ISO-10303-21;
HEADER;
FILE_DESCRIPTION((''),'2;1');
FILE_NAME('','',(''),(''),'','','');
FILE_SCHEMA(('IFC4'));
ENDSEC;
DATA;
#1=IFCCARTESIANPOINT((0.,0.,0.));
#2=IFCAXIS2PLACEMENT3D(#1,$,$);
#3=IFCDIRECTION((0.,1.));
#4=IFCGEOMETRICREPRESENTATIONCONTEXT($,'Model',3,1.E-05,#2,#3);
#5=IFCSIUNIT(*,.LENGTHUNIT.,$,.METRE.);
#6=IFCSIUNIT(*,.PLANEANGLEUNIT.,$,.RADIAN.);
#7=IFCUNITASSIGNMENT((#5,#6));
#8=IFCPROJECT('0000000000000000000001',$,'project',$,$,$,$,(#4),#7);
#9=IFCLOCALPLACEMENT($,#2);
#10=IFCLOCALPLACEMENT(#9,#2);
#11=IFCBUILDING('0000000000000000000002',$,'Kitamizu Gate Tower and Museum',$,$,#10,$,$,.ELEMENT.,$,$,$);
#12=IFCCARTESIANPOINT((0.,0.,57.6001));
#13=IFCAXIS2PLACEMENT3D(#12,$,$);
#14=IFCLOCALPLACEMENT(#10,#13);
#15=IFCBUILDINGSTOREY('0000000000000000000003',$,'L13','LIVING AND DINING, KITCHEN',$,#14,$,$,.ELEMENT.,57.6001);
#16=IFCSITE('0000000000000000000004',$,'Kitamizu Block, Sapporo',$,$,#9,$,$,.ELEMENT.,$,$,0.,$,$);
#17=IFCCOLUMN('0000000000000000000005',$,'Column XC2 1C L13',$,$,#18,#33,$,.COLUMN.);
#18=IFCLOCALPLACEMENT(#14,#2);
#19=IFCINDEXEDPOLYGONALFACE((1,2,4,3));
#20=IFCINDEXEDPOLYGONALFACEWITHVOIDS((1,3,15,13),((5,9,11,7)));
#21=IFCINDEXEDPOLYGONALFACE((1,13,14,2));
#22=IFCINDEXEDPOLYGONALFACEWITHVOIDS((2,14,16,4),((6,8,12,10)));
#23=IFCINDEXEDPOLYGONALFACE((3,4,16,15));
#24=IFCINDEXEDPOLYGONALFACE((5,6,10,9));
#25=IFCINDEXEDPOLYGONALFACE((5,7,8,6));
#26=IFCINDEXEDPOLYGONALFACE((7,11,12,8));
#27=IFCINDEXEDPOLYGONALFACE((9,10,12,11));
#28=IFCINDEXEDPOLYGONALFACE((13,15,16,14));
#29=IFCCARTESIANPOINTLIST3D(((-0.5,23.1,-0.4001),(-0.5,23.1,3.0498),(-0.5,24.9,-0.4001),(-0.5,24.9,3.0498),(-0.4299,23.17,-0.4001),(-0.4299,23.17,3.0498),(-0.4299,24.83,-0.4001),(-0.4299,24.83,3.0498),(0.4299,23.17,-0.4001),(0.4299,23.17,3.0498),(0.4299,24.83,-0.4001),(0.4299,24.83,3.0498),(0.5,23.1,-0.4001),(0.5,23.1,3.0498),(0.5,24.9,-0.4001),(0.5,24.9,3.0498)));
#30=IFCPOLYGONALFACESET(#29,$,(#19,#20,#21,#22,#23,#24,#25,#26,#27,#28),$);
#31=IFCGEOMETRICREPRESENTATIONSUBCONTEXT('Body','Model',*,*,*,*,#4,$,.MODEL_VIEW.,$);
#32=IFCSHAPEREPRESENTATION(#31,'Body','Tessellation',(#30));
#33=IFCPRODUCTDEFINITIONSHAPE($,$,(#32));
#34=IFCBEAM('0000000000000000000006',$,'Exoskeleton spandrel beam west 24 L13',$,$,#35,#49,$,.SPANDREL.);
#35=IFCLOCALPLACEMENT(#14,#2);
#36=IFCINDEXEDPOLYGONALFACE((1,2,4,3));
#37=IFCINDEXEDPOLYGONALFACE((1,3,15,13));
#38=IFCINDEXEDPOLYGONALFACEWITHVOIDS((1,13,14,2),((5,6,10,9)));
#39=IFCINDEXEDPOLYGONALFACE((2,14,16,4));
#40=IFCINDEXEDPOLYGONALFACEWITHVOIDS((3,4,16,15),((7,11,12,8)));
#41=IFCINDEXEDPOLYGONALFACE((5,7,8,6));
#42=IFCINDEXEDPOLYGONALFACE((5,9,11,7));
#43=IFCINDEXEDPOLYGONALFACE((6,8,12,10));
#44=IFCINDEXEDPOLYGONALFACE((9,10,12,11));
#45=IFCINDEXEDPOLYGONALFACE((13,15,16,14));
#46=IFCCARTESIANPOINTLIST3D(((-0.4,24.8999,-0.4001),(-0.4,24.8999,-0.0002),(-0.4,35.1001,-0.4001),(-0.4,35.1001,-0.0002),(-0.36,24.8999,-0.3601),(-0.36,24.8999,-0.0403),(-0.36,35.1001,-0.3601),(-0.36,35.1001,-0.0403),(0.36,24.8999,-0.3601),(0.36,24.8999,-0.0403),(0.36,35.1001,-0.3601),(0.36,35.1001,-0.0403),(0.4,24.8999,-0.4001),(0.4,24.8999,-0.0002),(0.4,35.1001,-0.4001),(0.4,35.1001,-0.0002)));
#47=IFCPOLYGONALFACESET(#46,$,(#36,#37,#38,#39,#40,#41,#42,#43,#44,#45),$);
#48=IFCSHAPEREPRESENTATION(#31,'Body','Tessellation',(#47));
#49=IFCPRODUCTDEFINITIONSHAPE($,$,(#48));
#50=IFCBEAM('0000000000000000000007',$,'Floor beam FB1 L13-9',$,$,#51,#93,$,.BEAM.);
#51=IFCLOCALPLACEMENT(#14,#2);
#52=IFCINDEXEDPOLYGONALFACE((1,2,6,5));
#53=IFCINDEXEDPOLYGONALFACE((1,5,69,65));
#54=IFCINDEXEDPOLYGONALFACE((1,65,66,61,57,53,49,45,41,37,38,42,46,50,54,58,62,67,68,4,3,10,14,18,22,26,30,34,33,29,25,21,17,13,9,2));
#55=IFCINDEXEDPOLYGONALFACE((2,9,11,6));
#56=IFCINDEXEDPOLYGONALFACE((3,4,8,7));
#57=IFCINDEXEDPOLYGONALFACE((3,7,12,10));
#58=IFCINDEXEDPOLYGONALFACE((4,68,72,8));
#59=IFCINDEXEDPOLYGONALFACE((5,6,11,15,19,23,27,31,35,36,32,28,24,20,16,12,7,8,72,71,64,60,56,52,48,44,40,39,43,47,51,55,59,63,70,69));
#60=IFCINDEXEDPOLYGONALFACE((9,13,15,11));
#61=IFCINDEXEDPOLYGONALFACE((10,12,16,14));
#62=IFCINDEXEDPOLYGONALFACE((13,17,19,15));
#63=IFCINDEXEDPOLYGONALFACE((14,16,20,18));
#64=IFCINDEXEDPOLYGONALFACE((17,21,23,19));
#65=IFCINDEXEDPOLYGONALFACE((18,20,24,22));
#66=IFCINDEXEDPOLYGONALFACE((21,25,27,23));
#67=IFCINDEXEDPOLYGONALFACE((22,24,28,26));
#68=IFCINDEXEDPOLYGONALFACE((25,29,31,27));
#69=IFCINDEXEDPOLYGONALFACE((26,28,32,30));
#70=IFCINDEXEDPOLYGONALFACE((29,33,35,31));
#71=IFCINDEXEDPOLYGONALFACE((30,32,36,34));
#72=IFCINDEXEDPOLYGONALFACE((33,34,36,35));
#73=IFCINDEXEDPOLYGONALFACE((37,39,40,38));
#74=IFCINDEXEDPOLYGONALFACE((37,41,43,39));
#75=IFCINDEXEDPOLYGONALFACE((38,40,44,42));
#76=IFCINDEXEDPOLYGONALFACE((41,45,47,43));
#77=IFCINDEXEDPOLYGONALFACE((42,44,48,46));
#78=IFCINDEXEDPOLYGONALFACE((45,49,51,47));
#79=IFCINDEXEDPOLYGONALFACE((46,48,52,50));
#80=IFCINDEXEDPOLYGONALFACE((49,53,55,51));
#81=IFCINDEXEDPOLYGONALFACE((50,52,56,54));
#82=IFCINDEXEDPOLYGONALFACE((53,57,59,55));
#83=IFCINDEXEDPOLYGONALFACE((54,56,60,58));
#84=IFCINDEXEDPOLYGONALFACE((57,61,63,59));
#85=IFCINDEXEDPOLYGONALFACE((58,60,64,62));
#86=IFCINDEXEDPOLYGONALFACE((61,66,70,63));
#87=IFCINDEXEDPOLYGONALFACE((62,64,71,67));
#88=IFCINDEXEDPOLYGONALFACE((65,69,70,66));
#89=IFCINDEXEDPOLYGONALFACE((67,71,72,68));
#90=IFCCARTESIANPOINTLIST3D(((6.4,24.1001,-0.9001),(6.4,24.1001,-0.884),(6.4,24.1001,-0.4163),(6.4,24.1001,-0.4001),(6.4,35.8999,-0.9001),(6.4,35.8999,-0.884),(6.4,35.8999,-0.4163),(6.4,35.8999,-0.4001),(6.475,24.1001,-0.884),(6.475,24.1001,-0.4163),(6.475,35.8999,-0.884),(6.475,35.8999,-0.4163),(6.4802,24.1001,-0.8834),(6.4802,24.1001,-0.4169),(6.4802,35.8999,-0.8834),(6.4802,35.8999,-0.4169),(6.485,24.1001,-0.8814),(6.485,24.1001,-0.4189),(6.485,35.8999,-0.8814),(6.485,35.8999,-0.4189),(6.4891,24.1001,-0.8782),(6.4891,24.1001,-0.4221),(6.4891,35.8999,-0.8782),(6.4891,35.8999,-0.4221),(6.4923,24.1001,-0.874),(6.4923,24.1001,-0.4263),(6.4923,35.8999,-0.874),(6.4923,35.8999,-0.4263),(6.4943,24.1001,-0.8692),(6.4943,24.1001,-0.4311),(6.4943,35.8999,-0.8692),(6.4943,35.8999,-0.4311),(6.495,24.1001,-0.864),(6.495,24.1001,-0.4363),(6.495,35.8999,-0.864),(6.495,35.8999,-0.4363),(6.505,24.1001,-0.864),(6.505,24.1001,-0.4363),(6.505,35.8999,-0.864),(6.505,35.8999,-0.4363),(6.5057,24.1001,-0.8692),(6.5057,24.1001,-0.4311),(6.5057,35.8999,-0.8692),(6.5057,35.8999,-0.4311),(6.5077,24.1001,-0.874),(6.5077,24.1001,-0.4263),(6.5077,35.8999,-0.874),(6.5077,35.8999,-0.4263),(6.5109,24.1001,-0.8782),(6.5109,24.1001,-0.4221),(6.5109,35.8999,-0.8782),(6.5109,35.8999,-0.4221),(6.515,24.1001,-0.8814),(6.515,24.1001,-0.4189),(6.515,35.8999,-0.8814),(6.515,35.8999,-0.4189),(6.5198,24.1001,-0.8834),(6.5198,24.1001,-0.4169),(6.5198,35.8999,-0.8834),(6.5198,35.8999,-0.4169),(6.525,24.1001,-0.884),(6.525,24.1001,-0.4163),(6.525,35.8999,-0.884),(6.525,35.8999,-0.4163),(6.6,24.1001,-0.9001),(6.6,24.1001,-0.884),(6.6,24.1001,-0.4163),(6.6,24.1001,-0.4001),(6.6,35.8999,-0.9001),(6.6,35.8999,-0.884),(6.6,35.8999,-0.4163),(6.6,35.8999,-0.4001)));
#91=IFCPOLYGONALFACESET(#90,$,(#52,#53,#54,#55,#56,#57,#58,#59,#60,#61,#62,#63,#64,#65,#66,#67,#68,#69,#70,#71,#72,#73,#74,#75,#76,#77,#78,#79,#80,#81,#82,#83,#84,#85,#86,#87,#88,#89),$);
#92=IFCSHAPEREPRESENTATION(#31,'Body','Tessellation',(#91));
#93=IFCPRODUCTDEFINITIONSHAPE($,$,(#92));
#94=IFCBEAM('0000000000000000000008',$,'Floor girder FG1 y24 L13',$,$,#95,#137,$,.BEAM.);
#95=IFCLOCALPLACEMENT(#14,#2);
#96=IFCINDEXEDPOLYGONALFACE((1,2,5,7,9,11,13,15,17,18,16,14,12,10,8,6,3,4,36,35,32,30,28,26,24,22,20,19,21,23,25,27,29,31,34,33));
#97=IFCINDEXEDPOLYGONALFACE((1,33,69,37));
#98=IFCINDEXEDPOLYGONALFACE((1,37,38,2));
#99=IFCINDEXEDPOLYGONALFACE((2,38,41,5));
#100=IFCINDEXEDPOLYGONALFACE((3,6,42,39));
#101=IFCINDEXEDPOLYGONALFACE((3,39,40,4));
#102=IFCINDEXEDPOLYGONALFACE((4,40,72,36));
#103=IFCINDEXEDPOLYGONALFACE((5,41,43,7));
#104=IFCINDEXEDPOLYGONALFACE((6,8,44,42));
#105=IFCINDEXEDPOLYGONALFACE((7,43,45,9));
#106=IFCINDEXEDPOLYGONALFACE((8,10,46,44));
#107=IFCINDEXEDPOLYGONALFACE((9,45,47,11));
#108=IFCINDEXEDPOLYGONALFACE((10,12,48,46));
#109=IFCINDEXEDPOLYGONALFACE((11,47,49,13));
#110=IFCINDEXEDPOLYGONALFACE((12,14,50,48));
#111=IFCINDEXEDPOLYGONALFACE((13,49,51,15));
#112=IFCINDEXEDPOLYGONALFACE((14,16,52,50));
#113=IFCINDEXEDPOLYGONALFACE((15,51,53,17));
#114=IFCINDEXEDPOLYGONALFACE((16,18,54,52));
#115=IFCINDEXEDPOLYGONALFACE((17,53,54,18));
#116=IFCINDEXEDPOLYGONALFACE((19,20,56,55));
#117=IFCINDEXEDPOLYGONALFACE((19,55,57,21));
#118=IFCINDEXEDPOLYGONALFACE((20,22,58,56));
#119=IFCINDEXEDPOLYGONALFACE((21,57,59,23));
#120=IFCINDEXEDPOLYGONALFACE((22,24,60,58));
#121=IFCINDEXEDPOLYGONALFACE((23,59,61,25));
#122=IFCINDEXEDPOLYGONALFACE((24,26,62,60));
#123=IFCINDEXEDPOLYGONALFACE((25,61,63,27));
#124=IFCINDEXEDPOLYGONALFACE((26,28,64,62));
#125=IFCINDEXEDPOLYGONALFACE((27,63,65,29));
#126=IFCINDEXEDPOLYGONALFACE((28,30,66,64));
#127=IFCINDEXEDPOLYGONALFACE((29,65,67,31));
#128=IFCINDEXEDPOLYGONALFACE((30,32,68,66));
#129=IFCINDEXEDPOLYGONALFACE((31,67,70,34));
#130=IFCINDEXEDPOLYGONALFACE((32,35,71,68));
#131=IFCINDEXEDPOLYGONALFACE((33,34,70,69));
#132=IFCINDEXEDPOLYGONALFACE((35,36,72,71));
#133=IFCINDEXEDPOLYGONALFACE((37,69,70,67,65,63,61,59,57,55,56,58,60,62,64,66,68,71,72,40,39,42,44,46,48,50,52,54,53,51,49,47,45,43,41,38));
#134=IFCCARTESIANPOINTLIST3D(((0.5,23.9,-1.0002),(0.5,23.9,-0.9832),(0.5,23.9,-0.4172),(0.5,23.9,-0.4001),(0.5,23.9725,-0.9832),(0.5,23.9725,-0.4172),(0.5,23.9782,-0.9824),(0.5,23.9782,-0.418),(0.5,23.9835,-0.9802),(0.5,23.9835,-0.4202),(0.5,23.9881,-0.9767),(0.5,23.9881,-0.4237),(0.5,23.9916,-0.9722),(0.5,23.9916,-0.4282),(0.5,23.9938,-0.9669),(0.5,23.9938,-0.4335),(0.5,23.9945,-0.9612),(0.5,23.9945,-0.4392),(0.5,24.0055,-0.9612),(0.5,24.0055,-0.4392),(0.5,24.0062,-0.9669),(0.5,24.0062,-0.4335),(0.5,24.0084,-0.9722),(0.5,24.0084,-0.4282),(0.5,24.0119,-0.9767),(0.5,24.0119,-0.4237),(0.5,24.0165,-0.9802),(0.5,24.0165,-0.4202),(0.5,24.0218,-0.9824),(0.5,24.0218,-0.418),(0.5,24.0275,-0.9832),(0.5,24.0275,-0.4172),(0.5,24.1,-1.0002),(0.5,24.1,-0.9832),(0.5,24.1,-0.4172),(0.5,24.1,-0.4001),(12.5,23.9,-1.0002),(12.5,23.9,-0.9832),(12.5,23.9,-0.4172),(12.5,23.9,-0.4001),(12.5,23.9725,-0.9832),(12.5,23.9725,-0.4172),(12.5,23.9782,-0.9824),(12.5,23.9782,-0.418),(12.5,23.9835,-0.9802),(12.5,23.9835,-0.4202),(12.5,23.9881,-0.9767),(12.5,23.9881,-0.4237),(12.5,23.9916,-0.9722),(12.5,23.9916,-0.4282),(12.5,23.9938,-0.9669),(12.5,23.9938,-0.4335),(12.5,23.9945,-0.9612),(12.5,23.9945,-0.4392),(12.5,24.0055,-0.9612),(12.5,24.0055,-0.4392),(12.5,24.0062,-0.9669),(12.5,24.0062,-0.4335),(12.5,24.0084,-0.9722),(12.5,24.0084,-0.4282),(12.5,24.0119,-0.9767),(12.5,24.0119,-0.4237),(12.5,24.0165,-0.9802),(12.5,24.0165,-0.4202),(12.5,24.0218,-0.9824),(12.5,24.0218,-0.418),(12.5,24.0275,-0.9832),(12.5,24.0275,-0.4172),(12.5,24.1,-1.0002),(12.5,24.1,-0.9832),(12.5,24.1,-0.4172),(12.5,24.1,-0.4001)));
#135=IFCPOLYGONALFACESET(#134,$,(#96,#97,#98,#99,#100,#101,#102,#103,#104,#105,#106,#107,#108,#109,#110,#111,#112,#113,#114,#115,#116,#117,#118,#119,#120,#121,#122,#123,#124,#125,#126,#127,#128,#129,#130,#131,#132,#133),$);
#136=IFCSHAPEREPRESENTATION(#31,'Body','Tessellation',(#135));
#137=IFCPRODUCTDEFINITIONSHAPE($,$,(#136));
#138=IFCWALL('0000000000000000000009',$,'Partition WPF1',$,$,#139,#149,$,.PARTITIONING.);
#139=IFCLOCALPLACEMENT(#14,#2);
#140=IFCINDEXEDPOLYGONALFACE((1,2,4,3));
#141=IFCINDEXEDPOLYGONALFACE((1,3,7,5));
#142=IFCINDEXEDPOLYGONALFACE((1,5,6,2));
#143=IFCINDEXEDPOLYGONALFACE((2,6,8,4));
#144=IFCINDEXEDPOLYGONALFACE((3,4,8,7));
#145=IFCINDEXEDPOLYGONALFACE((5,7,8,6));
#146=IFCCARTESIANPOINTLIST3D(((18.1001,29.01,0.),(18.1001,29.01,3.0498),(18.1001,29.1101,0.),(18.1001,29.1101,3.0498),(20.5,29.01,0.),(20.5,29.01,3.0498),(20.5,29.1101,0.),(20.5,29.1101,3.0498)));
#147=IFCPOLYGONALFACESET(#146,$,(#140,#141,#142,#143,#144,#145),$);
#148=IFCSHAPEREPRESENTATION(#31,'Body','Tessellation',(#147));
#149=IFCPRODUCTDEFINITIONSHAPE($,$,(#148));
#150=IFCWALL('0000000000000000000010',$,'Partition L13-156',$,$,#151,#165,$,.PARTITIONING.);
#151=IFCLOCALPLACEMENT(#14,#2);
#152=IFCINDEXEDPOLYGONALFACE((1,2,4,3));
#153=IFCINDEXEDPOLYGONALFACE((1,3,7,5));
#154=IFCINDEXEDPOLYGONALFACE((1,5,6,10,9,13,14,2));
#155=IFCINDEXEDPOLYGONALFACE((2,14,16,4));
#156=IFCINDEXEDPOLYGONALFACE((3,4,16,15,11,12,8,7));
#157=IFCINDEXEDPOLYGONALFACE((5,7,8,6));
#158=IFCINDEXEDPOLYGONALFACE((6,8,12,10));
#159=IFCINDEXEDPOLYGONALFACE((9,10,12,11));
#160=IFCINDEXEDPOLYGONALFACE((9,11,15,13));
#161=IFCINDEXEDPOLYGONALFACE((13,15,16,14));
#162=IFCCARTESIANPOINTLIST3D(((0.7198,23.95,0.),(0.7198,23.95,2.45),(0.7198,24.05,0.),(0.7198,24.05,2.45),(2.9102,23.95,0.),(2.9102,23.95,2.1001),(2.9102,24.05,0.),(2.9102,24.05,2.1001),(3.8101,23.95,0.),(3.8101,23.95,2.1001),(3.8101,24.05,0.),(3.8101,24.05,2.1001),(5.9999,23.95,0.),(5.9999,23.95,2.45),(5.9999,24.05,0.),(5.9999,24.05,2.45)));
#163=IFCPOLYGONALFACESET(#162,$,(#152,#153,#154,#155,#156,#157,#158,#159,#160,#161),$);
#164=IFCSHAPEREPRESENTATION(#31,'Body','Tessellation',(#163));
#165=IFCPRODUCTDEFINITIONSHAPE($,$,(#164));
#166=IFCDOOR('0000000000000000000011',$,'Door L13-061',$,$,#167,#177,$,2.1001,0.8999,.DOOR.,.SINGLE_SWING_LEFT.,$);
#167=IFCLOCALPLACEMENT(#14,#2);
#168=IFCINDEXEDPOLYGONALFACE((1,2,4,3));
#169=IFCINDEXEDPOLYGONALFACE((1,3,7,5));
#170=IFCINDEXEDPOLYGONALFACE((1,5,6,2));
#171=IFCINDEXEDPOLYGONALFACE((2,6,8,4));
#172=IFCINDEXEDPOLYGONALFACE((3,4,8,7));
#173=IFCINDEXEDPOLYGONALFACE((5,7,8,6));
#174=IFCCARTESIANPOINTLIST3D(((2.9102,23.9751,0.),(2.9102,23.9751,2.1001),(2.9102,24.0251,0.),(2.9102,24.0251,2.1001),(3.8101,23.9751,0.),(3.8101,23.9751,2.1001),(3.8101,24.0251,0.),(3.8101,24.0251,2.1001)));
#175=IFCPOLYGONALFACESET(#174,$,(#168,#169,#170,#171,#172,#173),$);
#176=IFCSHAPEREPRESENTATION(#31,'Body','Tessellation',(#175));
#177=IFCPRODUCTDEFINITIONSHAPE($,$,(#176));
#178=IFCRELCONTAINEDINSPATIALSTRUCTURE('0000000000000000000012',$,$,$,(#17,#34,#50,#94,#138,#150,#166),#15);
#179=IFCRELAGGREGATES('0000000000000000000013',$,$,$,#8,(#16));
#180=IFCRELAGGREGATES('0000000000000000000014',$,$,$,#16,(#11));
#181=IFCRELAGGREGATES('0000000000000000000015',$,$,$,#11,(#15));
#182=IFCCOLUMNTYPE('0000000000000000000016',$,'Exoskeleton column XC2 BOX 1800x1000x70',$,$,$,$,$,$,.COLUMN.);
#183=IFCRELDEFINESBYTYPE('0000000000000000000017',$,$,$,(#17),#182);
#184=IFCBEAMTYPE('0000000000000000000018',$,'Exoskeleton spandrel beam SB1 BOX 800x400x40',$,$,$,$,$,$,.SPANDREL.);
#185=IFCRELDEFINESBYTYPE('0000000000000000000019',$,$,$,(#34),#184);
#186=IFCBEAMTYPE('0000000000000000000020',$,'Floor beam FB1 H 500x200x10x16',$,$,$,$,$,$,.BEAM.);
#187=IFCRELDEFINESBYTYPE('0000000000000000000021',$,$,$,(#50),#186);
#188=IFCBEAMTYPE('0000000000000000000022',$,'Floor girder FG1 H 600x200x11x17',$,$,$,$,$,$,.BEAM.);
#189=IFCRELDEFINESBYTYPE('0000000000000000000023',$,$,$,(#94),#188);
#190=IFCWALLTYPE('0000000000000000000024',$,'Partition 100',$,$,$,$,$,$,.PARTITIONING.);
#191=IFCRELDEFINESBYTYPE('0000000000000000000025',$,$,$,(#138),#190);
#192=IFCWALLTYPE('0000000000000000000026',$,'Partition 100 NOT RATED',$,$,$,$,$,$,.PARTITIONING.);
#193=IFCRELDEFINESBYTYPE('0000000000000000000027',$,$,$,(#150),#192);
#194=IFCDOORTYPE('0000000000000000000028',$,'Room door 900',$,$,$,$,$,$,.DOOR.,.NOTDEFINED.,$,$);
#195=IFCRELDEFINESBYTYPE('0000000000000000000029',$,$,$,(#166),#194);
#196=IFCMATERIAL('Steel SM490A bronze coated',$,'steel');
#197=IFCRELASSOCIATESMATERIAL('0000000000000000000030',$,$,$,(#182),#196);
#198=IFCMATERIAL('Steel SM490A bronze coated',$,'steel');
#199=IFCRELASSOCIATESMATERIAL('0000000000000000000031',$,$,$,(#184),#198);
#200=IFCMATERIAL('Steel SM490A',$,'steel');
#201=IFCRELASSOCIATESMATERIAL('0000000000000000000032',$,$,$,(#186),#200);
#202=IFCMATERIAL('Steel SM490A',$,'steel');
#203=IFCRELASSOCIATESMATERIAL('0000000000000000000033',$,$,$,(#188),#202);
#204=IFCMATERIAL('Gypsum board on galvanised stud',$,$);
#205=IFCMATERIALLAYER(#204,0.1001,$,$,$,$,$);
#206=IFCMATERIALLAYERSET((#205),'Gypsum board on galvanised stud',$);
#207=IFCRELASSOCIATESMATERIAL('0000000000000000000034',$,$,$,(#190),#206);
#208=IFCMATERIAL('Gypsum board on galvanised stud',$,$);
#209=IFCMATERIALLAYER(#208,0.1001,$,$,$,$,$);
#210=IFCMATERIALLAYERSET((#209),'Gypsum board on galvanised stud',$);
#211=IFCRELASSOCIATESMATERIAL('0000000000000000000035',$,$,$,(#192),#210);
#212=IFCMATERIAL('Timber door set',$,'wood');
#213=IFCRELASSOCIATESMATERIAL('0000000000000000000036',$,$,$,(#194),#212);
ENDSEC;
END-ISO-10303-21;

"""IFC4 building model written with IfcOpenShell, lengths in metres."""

from ifc_helpers import new_model, si_unit, direction, frame, frame_2d, origin, origin_2d, place, context, subcontext, project, spatial, rectangle, hollow_rectangle, i_section, extrude, material, layer, layer_set, material_profile, profile_set, type_object, element, fill, save


model = new_model("IFC4")

# Units and contexts
model_context = context("Model", 3, precision=1e-05, world=origin(), true_north=direction((0.0, 1.0)))
body_context = subcontext(model_context, "Body", "Model", "MODEL_VIEW")
ifc_project = project(units=[si_unit("LENGTHUNIT", "METRE"), si_unit("PLANEANGLEUNIT", "RADIAN")], contexts=[model_context])

# Site, building, storey
site_placement = place(None, origin())
site = spatial("IfcSite", under=ifc_project, at=site_placement, Name="Kitamizu Block, Sapporo", CompositionType="ELEMENT", RefElevation=0.0)
building_placement = place(site_placement, origin())
building = spatial("IfcBuilding", under=site, at=building_placement, Name="Kitamizu Gate Tower and Museum", CompositionType="ELEMENT")
storey_placement = place(building_placement, frame((0.0, 0.0, 57.6001)))
storey = spatial("IfcBuildingStorey", under=building, at=storey_placement, Name="L13", Description="LIVING AND DINING, KITCHEN", CompositionType="ELEMENT", Elevation=57.6001)

# Column
ifc_material_1 = material(Name="Steel SM490A bronze coated", Category="steel")
ifc_material_profile_1 = material_profile(ifc_material_1, hollow_rectangle(XDim=1.8, YDim=1.0, WallThickness=0.0701, at=origin_2d()), Name="BOX 1800x1000x70")
ifc_profile_set_1 = profile_set([ifc_material_profile_1], Name="Steel SM490A bronze coated")
column_type = type_object("IfcColumnType", Name="Exoskeleton column XC2 BOX 1800x1000x70", PredefinedType="COLUMN", material=ifc_profile_set_1)
column_placement = place(storey_placement, frame((0.0, 24.0, -0.4001), z_axis=(0.0, 0.0, 1.0), x_axis=(0.0, 1.0, 0.0)))
element("IfcColumn", 1, at=column_placement, inside=storey, type_object=column_type, Name="Column XC2 1C L13", PredefinedType="COLUMN", context=body_context, shape_type="SweptSolid", body=[
    extrude(hollow_rectangle(XDim=1.8, YDim=1.0, WallThickness=0.0701, at=origin_2d()), origin(), (0.0, 0.0, 1.0), 3.45),
])

# Beams
ifc_material_2 = material(Name="Steel SM490A bronze coated", Category="steel")
ifc_material_profile_2 = material_profile(ifc_material_2, hollow_rectangle(XDim=0.8, YDim=0.3999, WallThickness=0.04, at=origin_2d()), Name="BOX 800x400x40")
ifc_profile_set_2 = profile_set([ifc_material_profile_2], Name="Steel SM490A bronze coated")
beam_type_1 = type_object("IfcBeamType", Name="Exoskeleton spandrel beam SB1 BOX 800x400x40", PredefinedType="SPANDREL", material=ifc_profile_set_2)
beam_1_placement = place(storey_placement, frame((0.0, 24.8999, -0.2002), z_axis=(0.0, 1.0, 0.0), x_axis=(-1.0, 0.0, 0.0)))
element("IfcBeam", 2, at=beam_1_placement, inside=storey, type_object=beam_type_1, Name="Exoskeleton spandrel beam west 24 L13", PredefinedType="SPANDREL", context=body_context, shape_type="SweptSolid", body=[
    extrude(hollow_rectangle(XDim=0.8, YDim=0.3999, WallThickness=0.04, at=origin_2d()), origin(), (0.0, 0.0, 1.0), 10.2002),
])
ifc_material_3 = material(Name="Steel SM490A", Category="steel")
ifc_material_profile_3 = material_profile(ifc_material_3, i_section(OverallWidth=0.2, OverallDepth=0.5, WebThickness=0.01, FlangeThickness=0.0161, FilletRadius=0.02, at=origin_2d()), Name="H-500x200x10x16")
ifc_profile_set_3 = profile_set([ifc_material_profile_3], Name="Steel SM490A")
beam_type_2 = type_object("IfcBeamType", Name="Floor beam FB1 H 500x200x10x16", PredefinedType="BEAM", material=ifc_profile_set_3)
beam_2_placement = place(storey_placement, frame((6.5, 24.1001, -0.6501), z_axis=(0.0, 1.0, 0.0), x_axis=(-1.0, 0.0, 0.0)))
element("IfcBeam", 3, at=beam_2_placement, inside=storey, type_object=beam_type_2, Name="Floor beam FB1 L13-9", PredefinedType="BEAM", context=body_context, shape_type="SweptSolid", body=[
    extrude(i_section(OverallWidth=0.2, OverallDepth=0.5, WebThickness=0.01, FlangeThickness=0.0161, FilletRadius=0.02, at=origin_2d()), origin(), (0.0, 0.0, 1.0), 11.7998),
])
ifc_material_4 = material(Name="Steel SM490A", Category="steel")
ifc_material_profile_4 = material_profile(ifc_material_4, i_section(OverallWidth=0.2, OverallDepth=0.6001, WebThickness=0.011, FlangeThickness=0.0171, FilletRadius=0.022, at=origin_2d()), Name="H-600x200x11x17")
ifc_profile_set_4 = profile_set([ifc_material_profile_4], Name="Steel SM490A")
beam_type_3 = type_object("IfcBeamType", Name="Floor girder FG1 H 600x200x11x17", PredefinedType="BEAM", material=ifc_profile_set_4)
beam_3_placement = place(storey_placement, frame((0.5, 24.0, -0.7002), z_axis=(1.0, 0.0, 0.0), x_axis=(0.0, 1.0, 0.0)))
element("IfcBeam", 4, at=beam_3_placement, inside=storey, type_object=beam_type_3, Name="Floor girder FG1 y24 L13", PredefinedType="BEAM", context=body_context, shape_type="SweptSolid", body=[
    extrude(i_section(OverallWidth=0.2, OverallDepth=0.6001, WebThickness=0.011, FlangeThickness=0.0171, FilletRadius=0.022, at=origin_2d()), origin(), (0.0, 0.0, 1.0), 12.0),
])

# Wall
ifc_material_5 = material(Name="Gypsum board on galvanised stud")
ifc_layer_1 = layer(ifc_material_5, 0.1001)
ifc_layer_set_1 = layer_set([ifc_layer_1], Name="Gypsum board on galvanised stud")
wall_type_1 = type_object("IfcWallType", Name="Partition 100", PredefinedType="PARTITIONING", material=ifc_layer_set_1)
wall_1_placement = place(storey_placement, frame((18.1001, 29.0601, 0.0), z_axis=(0.0, 0.0, 1.0), x_axis=(1.0, 0.0, 0.0)))
element("IfcWall", 5, at=wall_1_placement, inside=storey, type_object=wall_type_1, Name="Partition WPF1", PredefinedType="PARTITIONING", context=body_context, shape_type="SweptSolid", body=[
    extrude(rectangle(XDim=2.3999, YDim=0.1001, at=frame_2d((1.2, 0.0))), origin(), (0.0, 0.0, 1.0), 3.0498),
])

# Wall, opening, door
ifc_material_6 = material(Name="Gypsum board on galvanised stud")
ifc_layer_2 = layer(ifc_material_6, 0.1001)
ifc_layer_set_2 = layer_set([ifc_layer_2], Name="Gypsum board on galvanised stud")
wall_type_2 = type_object("IfcWallType", Name="Partition 100 NOT RATED", PredefinedType="PARTITIONING", material=ifc_layer_set_2)
wall_2_placement = place(storey_placement, frame((6.0, 24.0, 0.0), z_axis=(0.0, 0.0, 1.0), x_axis=(-1.0, 0.0, 0.0)))
wall_2 = element("IfcWall", 6, at=wall_2_placement, inside=storey, type_object=wall_type_2, Name="Partition L13-156", PredefinedType="PARTITIONING", context=body_context, shape_type="SweptSolid", body=[
    extrude(rectangle(XDim=5.28, YDim=0.1001, at=frame_2d((2.6401, 0.0))), origin(), (0.0, 0.0, 1.0), 2.45),
])
opening_1_placement = place(wall_2_placement, frame((2.1899, 0.0, 0.0)))
opening_1 = element("IfcOpeningElement", 7, at=opening_1_placement, cuts=wall_2, PredefinedType="OPENING", context=body_context, shape_type="SweptSolid", body=[
    extrude(rectangle(XDim=0.8999, YDim=2.1001, at=frame_2d((0.45, 1.05))), frame((0.0, 0.0601, 0.0), z_axis=(0.0, -1.0, 0.0), x_axis=(1.0, 0.0, 0.0)), (0.0, 0.0, 1.0), 0.1201),
])
ifc_material_7 = material(Name="Timber door set", Category="wood")
door_type_1 = type_object("IfcDoorType", Name="Room door 900", OperationType="NOTDEFINED", PredefinedType="DOOR", material=ifc_material_7)
door_1_placement = place(opening_1_placement, origin())
door_1 = element("IfcDoor", 8, at=door_1_placement, inside=storey, type_object=door_type_1, Name="Door L13-061", OperationType="SINGLE_SWING_LEFT", OverallHeight=2.1001, OverallWidth=0.8999, PredefinedType="DOOR", context=body_context, shape_type="SweptSolid", body=[
    extrude(rectangle(XDim=0.8999, YDim=2.1001, at=frame_2d((0.45, 1.05))), frame((0.0, 0.0249, 0.0), z_axis=(0.0, -1.0, 0.0), x_axis=(1.0, 0.0, 0.0)), (0.0, 0.0, 1.0), 0.05),
])
fill(opening_1, door_1)

save(model, "model.ifc")
